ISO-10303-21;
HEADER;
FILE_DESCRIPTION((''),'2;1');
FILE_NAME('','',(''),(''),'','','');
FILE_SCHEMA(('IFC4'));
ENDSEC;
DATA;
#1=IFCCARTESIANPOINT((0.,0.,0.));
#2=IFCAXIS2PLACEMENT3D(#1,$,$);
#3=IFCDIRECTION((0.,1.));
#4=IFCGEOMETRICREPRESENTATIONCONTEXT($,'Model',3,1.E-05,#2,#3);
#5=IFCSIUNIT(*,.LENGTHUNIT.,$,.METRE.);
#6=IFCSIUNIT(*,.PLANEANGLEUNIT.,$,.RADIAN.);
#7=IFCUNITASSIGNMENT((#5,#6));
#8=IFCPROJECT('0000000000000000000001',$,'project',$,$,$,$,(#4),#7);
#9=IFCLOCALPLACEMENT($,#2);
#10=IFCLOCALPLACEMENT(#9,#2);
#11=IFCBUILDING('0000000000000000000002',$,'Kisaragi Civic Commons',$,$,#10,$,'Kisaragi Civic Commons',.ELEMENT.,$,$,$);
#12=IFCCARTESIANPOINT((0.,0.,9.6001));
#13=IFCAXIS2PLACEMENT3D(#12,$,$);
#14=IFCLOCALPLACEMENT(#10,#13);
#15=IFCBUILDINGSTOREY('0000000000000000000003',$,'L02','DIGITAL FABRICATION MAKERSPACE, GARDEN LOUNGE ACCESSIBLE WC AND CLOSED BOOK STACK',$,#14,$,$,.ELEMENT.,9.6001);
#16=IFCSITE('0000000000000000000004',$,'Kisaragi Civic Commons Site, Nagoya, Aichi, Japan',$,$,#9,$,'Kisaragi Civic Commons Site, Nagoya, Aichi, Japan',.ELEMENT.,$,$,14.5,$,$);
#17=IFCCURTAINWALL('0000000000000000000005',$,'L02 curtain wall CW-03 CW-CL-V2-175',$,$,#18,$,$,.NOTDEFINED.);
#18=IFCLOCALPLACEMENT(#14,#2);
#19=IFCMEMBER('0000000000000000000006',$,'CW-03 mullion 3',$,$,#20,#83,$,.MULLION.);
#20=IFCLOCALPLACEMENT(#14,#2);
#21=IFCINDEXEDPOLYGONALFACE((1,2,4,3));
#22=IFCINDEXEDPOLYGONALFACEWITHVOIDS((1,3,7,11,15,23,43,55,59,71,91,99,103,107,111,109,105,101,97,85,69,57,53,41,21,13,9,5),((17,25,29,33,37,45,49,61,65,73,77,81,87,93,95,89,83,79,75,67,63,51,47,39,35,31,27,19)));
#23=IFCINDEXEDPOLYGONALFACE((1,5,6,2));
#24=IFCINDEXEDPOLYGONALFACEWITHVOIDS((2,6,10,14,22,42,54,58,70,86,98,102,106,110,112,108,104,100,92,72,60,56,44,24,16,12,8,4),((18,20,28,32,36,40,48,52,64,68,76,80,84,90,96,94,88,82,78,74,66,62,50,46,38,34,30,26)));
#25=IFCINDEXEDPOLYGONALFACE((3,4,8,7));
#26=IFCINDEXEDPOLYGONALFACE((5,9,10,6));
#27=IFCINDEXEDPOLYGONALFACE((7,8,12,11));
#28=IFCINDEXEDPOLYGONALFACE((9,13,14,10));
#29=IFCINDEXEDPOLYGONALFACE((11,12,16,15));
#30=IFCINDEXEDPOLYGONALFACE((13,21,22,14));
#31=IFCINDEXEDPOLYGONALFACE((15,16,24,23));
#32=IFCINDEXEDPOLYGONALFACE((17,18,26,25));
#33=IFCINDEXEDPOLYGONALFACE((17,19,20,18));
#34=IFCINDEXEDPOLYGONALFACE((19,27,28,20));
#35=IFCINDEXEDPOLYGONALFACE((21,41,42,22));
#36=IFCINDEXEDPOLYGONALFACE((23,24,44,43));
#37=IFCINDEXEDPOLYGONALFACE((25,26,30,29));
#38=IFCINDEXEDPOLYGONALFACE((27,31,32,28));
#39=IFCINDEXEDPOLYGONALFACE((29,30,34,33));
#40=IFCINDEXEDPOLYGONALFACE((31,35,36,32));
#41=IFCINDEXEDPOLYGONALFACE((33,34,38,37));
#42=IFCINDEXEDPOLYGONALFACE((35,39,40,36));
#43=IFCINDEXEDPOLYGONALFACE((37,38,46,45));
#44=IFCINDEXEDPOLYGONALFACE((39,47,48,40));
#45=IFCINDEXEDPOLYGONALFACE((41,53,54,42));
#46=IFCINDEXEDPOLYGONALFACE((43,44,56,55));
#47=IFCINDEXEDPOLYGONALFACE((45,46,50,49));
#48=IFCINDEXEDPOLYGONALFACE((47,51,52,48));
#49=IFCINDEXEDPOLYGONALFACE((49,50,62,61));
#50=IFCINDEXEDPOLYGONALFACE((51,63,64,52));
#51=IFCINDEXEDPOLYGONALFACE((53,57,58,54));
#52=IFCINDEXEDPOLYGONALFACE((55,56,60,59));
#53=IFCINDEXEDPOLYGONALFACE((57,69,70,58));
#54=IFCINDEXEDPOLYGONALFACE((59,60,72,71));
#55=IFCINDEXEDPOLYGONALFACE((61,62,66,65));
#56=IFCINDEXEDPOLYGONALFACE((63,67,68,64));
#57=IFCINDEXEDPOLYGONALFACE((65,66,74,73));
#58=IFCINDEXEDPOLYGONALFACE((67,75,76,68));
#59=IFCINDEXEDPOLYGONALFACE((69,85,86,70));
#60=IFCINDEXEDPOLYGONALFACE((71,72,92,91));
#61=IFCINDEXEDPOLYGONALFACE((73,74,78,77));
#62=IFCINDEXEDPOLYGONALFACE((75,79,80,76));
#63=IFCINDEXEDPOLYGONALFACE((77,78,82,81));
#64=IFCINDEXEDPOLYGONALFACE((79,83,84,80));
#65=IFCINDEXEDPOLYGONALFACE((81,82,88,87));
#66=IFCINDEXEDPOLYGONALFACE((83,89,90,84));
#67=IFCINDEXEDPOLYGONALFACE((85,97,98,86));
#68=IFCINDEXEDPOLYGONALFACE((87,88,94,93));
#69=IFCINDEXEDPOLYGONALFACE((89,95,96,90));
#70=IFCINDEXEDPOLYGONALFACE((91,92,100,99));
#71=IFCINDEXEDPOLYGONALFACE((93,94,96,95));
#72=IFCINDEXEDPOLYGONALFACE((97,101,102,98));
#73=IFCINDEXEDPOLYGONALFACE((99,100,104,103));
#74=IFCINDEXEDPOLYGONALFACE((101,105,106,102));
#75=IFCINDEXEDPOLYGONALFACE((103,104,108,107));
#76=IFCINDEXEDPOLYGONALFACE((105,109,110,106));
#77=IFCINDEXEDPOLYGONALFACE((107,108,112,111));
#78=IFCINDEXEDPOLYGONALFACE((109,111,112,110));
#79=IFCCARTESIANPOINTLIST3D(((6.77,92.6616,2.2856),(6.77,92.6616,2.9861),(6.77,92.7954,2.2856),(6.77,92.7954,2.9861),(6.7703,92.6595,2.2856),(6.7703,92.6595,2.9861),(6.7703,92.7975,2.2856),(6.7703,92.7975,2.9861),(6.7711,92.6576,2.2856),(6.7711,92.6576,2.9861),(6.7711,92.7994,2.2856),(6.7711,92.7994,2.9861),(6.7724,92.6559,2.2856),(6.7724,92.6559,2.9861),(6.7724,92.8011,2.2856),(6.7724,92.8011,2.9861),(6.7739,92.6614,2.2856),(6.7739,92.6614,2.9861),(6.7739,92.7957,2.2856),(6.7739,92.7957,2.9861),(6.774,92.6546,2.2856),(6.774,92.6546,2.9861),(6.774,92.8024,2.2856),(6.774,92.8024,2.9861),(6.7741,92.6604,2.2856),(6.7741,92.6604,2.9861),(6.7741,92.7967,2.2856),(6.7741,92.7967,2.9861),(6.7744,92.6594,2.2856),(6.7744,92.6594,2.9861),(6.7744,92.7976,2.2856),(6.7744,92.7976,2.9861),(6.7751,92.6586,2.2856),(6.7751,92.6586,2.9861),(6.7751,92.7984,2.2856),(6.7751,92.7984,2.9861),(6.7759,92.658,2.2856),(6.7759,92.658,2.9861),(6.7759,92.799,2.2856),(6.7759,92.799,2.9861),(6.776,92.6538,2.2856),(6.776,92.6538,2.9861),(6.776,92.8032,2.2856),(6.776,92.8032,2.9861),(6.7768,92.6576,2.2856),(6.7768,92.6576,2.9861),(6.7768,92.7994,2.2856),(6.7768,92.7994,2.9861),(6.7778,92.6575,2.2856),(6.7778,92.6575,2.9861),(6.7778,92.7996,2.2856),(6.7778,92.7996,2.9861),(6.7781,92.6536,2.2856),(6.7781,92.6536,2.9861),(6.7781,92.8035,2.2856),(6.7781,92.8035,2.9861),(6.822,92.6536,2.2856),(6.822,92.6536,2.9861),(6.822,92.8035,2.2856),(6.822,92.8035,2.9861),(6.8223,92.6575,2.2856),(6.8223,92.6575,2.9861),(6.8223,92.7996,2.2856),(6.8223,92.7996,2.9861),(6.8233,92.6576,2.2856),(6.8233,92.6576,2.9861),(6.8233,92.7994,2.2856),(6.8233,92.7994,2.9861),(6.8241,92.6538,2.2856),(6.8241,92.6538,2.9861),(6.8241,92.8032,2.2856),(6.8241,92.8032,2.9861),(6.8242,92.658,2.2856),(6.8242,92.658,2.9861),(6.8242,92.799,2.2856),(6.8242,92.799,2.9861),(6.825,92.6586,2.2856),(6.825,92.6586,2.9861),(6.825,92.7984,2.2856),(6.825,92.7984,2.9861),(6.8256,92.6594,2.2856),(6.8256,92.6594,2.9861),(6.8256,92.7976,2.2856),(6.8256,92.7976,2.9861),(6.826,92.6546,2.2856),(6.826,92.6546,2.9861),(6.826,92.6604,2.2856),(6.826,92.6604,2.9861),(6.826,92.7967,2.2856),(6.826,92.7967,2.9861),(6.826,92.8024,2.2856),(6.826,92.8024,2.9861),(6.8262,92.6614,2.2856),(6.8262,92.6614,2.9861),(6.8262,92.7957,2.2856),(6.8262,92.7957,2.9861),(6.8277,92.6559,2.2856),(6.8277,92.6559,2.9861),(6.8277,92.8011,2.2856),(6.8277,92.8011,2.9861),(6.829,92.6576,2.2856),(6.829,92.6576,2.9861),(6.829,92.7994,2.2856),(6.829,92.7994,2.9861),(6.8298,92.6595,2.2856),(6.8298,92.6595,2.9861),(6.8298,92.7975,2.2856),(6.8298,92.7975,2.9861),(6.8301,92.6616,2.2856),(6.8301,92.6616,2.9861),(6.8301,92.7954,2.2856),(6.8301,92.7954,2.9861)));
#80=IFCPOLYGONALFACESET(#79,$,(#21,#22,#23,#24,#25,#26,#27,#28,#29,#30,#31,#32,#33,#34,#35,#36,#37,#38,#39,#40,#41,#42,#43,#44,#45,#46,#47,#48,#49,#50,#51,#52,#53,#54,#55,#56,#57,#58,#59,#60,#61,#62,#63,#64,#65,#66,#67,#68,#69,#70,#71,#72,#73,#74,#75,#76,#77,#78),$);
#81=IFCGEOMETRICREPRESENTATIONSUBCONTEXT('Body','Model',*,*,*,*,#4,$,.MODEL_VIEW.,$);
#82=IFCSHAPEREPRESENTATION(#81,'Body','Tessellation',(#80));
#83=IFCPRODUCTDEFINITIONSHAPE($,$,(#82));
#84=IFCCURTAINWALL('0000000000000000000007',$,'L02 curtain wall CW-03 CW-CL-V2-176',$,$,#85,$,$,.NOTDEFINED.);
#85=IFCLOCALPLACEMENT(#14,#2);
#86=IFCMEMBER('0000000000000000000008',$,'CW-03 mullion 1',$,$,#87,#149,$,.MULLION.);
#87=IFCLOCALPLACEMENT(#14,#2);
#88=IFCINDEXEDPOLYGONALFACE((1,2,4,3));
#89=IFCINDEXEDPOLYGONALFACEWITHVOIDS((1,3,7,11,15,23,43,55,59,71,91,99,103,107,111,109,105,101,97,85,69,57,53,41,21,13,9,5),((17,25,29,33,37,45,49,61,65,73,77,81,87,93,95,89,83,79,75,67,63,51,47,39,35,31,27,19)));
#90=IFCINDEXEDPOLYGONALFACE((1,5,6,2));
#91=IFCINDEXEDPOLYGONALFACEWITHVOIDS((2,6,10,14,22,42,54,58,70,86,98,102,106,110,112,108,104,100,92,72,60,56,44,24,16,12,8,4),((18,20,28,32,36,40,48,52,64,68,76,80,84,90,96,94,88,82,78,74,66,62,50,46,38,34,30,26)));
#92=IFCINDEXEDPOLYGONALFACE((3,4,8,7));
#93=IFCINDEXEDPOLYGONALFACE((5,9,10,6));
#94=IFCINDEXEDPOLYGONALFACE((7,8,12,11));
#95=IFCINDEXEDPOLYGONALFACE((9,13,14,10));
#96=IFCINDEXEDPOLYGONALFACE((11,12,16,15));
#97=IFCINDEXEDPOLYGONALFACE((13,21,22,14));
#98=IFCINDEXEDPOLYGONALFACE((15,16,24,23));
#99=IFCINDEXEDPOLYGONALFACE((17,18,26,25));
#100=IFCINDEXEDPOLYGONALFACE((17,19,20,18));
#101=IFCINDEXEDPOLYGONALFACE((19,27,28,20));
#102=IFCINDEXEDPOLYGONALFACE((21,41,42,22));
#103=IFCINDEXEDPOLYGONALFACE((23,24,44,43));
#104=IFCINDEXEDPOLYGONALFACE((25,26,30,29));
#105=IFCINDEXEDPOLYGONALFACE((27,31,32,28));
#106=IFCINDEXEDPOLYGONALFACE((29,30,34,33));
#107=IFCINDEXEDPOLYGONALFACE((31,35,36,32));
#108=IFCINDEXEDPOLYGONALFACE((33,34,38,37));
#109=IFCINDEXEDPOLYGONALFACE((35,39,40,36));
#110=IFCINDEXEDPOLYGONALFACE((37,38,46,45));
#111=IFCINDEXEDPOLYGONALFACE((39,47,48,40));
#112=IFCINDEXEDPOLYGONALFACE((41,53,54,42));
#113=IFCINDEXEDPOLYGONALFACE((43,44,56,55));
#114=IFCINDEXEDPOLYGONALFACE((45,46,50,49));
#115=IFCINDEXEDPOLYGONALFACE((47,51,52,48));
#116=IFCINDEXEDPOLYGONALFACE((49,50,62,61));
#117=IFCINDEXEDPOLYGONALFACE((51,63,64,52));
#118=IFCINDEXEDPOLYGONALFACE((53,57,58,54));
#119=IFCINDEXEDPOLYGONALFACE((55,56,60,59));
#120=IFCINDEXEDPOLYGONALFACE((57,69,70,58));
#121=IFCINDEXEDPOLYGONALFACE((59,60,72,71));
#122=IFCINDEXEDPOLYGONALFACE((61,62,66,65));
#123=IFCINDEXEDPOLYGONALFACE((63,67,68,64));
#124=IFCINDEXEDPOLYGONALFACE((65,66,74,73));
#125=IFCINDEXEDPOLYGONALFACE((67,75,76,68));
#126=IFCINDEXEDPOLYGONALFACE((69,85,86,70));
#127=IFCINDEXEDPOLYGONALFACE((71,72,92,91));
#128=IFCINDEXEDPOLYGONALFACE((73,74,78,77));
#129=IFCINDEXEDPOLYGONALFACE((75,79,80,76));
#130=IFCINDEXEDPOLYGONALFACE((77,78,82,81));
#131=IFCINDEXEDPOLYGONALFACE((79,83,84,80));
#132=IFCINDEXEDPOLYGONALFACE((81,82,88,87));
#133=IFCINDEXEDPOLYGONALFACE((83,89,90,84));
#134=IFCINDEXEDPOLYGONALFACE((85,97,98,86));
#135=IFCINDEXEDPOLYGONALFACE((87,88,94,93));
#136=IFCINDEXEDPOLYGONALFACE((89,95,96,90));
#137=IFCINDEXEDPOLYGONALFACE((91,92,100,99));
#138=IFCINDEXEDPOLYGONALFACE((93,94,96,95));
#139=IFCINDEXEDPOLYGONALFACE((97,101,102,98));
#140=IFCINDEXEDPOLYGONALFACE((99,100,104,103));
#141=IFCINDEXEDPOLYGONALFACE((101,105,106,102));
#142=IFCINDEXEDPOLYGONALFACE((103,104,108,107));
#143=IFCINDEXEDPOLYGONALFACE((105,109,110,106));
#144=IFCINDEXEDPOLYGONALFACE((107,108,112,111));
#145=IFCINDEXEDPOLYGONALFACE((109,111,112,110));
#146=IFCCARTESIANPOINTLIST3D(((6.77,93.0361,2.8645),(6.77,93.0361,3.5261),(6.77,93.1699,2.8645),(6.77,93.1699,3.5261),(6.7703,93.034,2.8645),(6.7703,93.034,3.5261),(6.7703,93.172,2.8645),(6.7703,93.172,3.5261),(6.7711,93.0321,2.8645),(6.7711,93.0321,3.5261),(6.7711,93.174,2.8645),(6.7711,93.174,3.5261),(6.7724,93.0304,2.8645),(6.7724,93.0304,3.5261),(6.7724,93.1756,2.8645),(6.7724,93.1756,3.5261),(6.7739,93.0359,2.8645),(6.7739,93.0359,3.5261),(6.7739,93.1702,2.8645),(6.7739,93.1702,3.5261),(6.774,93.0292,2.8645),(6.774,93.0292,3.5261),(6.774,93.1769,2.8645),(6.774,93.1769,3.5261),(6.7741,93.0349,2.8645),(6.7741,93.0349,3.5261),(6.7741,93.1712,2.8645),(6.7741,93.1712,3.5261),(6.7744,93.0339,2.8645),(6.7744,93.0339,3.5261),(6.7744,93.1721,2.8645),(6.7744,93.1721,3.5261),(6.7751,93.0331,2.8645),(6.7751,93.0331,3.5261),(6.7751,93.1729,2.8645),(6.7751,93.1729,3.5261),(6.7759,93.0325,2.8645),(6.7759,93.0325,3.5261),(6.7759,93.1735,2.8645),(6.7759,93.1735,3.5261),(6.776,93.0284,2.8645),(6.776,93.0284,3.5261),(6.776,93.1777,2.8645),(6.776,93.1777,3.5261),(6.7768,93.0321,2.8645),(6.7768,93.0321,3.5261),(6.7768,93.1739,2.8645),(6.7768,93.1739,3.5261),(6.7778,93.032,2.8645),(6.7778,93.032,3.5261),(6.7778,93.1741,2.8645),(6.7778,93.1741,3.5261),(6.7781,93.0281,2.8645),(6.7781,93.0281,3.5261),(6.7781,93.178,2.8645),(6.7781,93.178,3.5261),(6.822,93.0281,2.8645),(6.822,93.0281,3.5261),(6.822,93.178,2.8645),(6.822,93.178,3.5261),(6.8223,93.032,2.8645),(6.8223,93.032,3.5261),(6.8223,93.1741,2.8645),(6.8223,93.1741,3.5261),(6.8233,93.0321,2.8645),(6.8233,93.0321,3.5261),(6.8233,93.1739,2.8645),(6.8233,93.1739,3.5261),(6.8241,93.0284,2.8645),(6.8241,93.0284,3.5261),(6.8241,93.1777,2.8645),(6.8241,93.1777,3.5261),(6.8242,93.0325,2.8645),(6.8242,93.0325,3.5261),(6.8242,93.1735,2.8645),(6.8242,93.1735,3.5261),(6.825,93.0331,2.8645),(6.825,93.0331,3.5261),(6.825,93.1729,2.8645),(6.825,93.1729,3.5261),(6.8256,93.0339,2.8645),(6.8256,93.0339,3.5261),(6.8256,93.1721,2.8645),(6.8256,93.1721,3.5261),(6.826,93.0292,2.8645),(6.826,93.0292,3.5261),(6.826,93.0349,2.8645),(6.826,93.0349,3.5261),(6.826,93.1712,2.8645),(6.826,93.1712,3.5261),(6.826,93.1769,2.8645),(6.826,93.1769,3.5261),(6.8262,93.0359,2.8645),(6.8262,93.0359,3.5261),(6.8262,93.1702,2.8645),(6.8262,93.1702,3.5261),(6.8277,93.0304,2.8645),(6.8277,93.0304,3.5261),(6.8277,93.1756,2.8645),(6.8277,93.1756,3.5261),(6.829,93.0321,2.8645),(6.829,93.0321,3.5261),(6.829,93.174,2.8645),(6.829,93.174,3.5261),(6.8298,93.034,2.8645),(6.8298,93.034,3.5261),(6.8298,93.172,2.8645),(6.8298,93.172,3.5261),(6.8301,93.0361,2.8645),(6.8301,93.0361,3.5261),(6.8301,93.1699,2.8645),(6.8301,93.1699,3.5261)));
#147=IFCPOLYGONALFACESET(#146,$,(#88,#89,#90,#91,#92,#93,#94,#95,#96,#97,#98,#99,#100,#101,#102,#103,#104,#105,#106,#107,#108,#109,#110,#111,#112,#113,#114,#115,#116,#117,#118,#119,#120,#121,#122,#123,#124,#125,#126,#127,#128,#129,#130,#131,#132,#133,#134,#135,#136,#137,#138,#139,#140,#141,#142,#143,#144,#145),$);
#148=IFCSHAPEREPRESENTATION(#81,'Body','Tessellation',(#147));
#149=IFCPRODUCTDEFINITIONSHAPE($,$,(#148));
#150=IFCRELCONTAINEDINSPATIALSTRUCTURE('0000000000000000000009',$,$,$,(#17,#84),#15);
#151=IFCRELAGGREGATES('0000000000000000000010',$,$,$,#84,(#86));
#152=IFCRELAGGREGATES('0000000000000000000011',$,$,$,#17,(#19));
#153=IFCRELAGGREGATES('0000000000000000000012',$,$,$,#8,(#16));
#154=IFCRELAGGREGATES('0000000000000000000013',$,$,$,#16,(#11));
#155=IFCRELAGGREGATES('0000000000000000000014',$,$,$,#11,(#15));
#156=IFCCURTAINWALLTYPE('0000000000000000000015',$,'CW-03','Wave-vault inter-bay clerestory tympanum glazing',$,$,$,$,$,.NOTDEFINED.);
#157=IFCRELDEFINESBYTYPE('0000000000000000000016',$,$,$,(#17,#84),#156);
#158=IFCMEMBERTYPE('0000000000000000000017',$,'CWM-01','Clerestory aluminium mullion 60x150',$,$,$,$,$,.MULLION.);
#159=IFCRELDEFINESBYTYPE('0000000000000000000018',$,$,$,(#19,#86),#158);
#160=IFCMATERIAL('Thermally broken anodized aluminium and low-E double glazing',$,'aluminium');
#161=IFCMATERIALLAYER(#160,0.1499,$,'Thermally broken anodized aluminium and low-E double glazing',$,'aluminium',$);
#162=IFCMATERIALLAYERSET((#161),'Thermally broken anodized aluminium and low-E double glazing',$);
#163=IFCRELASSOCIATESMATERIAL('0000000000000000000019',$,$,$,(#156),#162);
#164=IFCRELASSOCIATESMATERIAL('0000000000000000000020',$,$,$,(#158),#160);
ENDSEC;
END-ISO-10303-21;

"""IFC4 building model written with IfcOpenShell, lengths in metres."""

from ifc_helpers import new_model, si_unit, direction, frame, origin, origin_2d, place, context, subcontext, project, spatial, hollow_rectangle, extrude, material, layer, layer_set, material_profile, profile_set, type_object, element, aggregate, save


model = new_model("IFC4")

# Units and contexts
model_context = context("Model", 3, precision=1e-05, world=origin(), true_north=direction((0.0, 1.0)))
body_context = subcontext(model_context, "Body", "Model", "MODEL_VIEW")
ifc_project = project(units=[si_unit("LENGTHUNIT", "METRE"), si_unit("PLANEANGLEUNIT", "RADIAN")], contexts=[model_context])

# Site, building, storey
site_placement = place(None, origin())
site = spatial("IfcSite", under=ifc_project, at=site_placement, Name="Kisaragi Civic Commons Site, Nagoya, Aichi, Japan", LongName="Kisaragi Civic Commons Site, Nagoya, Aichi, Japan", CompositionType="ELEMENT", RefElevation=14.5)
building_placement = place(site_placement, origin())
building = spatial("IfcBuilding", under=site, at=building_placement, Name="Kisaragi Civic Commons", LongName="Kisaragi Civic Commons", CompositionType="ELEMENT")
storey_placement = place(building_placement, frame((0.0, 0.0, 9.6001)))
storey = spatial("IfcBuildingStorey", under=building, at=storey_placement, Name="L02", Description="DIGITAL FABRICATION MAKERSPACE, GARDEN LOUNGE ACCESSIBLE WC AND CLOSED BOOK STACK", CompositionType="ELEMENT", Elevation=9.6001)

# Curtain wall, member
ifc_material_1 = material(Name="Thermally broken anodized aluminium and low-E double glazing", Category="aluminium")
ifc_layer_1 = layer(ifc_material_1, 0.1499, Name="Thermally broken anodized aluminium and low-E double glazing", Category="aluminium")
ifc_layer_set_1 = layer_set([ifc_layer_1], Name="Thermally broken anodized aluminium and low-E double glazing")
curtain_wall_type = type_object("IfcCurtainWallType", Name="CW-03", Description="Wave-vault inter-bay clerestory tympanum glazing", PredefinedType="NOTDEFINED", material=ifc_layer_set_1)
curtain_wall_1_placement = place(storey_placement, origin())
curtain_wall_1 = element("IfcCurtainWall", 1, at=curtain_wall_1_placement, inside=storey, type_object=curtain_wall_type, Name="L02 curtain wall CW-03 CW-CL-V2-175", PredefinedType="NOTDEFINED")
ifc_material_profile_1 = material_profile(ifc_material_1, hollow_rectangle(XDim=0.0601, YDim=0.1499, WallThickness=0.0039, InnerFilletRadius=0.0039, OuterFilletRadius=0.0081, at=origin_2d()), Name="CWM-60x150x4", Category="aluminium")
ifc_profile_set_1 = profile_set([ifc_material_profile_1], Name="Thermally broken anodized aluminium and low-E double glazing")
member_type_1 = type_object("IfcMemberType", Name="CWM-01", Description="Clerestory aluminium mullion 60x150", PredefinedType="MULLION", material=ifc_profile_set_1)
member_1_placement = place(storey_placement, frame((6.8, 92.7285, 2.2856), z_axis=(0.0, 0.0, 1.0), x_axis=(-1.0, 0.0, 0.0)))
member_1 = element("IfcMember", 2, at=member_1_placement, type_object=member_type_1, Name="CW-03 mullion 3", PredefinedType="MULLION", context=body_context, shape_type="SweptSolid", body=[
    extrude(hollow_rectangle(XDim=0.0601, YDim=0.1499, WallThickness=0.0039, InnerFilletRadius=0.0039, OuterFilletRadius=0.0081, at=origin_2d()), origin(), (0.0, 0.0, 1.0), 0.7004),
])

# Curtain wall, member
curtain_wall_2_placement = place(storey_placement, origin())
curtain_wall_2 = element("IfcCurtainWall", 3, at=curtain_wall_2_placement, inside=storey, type_object=curtain_wall_type, Name="L02 curtain wall CW-03 CW-CL-V2-176", PredefinedType="NOTDEFINED")
member_2_placement = place(storey_placement, frame((6.8, 93.103, 2.8645), z_axis=(0.0, 0.0, 1.0), x_axis=(-1.0, 0.0, 0.0)))
member_2 = element("IfcMember", 4, at=member_2_placement, type_object=member_type_1, Name="CW-03 mullion 1", PredefinedType="MULLION", context=body_context, shape_type="SweptSolid", body=[
    extrude(hollow_rectangle(XDim=0.0601, YDim=0.1499, WallThickness=0.0039, InnerFilletRadius=0.0039, OuterFilletRadius=0.0081, at=origin_2d()), origin(), (0.0, 0.0, 1.0), 0.6616),
])

aggregate(curtain_wall_2, [member_2])
aggregate(curtain_wall_1, [member_1])

save(model, "model.ifc")
